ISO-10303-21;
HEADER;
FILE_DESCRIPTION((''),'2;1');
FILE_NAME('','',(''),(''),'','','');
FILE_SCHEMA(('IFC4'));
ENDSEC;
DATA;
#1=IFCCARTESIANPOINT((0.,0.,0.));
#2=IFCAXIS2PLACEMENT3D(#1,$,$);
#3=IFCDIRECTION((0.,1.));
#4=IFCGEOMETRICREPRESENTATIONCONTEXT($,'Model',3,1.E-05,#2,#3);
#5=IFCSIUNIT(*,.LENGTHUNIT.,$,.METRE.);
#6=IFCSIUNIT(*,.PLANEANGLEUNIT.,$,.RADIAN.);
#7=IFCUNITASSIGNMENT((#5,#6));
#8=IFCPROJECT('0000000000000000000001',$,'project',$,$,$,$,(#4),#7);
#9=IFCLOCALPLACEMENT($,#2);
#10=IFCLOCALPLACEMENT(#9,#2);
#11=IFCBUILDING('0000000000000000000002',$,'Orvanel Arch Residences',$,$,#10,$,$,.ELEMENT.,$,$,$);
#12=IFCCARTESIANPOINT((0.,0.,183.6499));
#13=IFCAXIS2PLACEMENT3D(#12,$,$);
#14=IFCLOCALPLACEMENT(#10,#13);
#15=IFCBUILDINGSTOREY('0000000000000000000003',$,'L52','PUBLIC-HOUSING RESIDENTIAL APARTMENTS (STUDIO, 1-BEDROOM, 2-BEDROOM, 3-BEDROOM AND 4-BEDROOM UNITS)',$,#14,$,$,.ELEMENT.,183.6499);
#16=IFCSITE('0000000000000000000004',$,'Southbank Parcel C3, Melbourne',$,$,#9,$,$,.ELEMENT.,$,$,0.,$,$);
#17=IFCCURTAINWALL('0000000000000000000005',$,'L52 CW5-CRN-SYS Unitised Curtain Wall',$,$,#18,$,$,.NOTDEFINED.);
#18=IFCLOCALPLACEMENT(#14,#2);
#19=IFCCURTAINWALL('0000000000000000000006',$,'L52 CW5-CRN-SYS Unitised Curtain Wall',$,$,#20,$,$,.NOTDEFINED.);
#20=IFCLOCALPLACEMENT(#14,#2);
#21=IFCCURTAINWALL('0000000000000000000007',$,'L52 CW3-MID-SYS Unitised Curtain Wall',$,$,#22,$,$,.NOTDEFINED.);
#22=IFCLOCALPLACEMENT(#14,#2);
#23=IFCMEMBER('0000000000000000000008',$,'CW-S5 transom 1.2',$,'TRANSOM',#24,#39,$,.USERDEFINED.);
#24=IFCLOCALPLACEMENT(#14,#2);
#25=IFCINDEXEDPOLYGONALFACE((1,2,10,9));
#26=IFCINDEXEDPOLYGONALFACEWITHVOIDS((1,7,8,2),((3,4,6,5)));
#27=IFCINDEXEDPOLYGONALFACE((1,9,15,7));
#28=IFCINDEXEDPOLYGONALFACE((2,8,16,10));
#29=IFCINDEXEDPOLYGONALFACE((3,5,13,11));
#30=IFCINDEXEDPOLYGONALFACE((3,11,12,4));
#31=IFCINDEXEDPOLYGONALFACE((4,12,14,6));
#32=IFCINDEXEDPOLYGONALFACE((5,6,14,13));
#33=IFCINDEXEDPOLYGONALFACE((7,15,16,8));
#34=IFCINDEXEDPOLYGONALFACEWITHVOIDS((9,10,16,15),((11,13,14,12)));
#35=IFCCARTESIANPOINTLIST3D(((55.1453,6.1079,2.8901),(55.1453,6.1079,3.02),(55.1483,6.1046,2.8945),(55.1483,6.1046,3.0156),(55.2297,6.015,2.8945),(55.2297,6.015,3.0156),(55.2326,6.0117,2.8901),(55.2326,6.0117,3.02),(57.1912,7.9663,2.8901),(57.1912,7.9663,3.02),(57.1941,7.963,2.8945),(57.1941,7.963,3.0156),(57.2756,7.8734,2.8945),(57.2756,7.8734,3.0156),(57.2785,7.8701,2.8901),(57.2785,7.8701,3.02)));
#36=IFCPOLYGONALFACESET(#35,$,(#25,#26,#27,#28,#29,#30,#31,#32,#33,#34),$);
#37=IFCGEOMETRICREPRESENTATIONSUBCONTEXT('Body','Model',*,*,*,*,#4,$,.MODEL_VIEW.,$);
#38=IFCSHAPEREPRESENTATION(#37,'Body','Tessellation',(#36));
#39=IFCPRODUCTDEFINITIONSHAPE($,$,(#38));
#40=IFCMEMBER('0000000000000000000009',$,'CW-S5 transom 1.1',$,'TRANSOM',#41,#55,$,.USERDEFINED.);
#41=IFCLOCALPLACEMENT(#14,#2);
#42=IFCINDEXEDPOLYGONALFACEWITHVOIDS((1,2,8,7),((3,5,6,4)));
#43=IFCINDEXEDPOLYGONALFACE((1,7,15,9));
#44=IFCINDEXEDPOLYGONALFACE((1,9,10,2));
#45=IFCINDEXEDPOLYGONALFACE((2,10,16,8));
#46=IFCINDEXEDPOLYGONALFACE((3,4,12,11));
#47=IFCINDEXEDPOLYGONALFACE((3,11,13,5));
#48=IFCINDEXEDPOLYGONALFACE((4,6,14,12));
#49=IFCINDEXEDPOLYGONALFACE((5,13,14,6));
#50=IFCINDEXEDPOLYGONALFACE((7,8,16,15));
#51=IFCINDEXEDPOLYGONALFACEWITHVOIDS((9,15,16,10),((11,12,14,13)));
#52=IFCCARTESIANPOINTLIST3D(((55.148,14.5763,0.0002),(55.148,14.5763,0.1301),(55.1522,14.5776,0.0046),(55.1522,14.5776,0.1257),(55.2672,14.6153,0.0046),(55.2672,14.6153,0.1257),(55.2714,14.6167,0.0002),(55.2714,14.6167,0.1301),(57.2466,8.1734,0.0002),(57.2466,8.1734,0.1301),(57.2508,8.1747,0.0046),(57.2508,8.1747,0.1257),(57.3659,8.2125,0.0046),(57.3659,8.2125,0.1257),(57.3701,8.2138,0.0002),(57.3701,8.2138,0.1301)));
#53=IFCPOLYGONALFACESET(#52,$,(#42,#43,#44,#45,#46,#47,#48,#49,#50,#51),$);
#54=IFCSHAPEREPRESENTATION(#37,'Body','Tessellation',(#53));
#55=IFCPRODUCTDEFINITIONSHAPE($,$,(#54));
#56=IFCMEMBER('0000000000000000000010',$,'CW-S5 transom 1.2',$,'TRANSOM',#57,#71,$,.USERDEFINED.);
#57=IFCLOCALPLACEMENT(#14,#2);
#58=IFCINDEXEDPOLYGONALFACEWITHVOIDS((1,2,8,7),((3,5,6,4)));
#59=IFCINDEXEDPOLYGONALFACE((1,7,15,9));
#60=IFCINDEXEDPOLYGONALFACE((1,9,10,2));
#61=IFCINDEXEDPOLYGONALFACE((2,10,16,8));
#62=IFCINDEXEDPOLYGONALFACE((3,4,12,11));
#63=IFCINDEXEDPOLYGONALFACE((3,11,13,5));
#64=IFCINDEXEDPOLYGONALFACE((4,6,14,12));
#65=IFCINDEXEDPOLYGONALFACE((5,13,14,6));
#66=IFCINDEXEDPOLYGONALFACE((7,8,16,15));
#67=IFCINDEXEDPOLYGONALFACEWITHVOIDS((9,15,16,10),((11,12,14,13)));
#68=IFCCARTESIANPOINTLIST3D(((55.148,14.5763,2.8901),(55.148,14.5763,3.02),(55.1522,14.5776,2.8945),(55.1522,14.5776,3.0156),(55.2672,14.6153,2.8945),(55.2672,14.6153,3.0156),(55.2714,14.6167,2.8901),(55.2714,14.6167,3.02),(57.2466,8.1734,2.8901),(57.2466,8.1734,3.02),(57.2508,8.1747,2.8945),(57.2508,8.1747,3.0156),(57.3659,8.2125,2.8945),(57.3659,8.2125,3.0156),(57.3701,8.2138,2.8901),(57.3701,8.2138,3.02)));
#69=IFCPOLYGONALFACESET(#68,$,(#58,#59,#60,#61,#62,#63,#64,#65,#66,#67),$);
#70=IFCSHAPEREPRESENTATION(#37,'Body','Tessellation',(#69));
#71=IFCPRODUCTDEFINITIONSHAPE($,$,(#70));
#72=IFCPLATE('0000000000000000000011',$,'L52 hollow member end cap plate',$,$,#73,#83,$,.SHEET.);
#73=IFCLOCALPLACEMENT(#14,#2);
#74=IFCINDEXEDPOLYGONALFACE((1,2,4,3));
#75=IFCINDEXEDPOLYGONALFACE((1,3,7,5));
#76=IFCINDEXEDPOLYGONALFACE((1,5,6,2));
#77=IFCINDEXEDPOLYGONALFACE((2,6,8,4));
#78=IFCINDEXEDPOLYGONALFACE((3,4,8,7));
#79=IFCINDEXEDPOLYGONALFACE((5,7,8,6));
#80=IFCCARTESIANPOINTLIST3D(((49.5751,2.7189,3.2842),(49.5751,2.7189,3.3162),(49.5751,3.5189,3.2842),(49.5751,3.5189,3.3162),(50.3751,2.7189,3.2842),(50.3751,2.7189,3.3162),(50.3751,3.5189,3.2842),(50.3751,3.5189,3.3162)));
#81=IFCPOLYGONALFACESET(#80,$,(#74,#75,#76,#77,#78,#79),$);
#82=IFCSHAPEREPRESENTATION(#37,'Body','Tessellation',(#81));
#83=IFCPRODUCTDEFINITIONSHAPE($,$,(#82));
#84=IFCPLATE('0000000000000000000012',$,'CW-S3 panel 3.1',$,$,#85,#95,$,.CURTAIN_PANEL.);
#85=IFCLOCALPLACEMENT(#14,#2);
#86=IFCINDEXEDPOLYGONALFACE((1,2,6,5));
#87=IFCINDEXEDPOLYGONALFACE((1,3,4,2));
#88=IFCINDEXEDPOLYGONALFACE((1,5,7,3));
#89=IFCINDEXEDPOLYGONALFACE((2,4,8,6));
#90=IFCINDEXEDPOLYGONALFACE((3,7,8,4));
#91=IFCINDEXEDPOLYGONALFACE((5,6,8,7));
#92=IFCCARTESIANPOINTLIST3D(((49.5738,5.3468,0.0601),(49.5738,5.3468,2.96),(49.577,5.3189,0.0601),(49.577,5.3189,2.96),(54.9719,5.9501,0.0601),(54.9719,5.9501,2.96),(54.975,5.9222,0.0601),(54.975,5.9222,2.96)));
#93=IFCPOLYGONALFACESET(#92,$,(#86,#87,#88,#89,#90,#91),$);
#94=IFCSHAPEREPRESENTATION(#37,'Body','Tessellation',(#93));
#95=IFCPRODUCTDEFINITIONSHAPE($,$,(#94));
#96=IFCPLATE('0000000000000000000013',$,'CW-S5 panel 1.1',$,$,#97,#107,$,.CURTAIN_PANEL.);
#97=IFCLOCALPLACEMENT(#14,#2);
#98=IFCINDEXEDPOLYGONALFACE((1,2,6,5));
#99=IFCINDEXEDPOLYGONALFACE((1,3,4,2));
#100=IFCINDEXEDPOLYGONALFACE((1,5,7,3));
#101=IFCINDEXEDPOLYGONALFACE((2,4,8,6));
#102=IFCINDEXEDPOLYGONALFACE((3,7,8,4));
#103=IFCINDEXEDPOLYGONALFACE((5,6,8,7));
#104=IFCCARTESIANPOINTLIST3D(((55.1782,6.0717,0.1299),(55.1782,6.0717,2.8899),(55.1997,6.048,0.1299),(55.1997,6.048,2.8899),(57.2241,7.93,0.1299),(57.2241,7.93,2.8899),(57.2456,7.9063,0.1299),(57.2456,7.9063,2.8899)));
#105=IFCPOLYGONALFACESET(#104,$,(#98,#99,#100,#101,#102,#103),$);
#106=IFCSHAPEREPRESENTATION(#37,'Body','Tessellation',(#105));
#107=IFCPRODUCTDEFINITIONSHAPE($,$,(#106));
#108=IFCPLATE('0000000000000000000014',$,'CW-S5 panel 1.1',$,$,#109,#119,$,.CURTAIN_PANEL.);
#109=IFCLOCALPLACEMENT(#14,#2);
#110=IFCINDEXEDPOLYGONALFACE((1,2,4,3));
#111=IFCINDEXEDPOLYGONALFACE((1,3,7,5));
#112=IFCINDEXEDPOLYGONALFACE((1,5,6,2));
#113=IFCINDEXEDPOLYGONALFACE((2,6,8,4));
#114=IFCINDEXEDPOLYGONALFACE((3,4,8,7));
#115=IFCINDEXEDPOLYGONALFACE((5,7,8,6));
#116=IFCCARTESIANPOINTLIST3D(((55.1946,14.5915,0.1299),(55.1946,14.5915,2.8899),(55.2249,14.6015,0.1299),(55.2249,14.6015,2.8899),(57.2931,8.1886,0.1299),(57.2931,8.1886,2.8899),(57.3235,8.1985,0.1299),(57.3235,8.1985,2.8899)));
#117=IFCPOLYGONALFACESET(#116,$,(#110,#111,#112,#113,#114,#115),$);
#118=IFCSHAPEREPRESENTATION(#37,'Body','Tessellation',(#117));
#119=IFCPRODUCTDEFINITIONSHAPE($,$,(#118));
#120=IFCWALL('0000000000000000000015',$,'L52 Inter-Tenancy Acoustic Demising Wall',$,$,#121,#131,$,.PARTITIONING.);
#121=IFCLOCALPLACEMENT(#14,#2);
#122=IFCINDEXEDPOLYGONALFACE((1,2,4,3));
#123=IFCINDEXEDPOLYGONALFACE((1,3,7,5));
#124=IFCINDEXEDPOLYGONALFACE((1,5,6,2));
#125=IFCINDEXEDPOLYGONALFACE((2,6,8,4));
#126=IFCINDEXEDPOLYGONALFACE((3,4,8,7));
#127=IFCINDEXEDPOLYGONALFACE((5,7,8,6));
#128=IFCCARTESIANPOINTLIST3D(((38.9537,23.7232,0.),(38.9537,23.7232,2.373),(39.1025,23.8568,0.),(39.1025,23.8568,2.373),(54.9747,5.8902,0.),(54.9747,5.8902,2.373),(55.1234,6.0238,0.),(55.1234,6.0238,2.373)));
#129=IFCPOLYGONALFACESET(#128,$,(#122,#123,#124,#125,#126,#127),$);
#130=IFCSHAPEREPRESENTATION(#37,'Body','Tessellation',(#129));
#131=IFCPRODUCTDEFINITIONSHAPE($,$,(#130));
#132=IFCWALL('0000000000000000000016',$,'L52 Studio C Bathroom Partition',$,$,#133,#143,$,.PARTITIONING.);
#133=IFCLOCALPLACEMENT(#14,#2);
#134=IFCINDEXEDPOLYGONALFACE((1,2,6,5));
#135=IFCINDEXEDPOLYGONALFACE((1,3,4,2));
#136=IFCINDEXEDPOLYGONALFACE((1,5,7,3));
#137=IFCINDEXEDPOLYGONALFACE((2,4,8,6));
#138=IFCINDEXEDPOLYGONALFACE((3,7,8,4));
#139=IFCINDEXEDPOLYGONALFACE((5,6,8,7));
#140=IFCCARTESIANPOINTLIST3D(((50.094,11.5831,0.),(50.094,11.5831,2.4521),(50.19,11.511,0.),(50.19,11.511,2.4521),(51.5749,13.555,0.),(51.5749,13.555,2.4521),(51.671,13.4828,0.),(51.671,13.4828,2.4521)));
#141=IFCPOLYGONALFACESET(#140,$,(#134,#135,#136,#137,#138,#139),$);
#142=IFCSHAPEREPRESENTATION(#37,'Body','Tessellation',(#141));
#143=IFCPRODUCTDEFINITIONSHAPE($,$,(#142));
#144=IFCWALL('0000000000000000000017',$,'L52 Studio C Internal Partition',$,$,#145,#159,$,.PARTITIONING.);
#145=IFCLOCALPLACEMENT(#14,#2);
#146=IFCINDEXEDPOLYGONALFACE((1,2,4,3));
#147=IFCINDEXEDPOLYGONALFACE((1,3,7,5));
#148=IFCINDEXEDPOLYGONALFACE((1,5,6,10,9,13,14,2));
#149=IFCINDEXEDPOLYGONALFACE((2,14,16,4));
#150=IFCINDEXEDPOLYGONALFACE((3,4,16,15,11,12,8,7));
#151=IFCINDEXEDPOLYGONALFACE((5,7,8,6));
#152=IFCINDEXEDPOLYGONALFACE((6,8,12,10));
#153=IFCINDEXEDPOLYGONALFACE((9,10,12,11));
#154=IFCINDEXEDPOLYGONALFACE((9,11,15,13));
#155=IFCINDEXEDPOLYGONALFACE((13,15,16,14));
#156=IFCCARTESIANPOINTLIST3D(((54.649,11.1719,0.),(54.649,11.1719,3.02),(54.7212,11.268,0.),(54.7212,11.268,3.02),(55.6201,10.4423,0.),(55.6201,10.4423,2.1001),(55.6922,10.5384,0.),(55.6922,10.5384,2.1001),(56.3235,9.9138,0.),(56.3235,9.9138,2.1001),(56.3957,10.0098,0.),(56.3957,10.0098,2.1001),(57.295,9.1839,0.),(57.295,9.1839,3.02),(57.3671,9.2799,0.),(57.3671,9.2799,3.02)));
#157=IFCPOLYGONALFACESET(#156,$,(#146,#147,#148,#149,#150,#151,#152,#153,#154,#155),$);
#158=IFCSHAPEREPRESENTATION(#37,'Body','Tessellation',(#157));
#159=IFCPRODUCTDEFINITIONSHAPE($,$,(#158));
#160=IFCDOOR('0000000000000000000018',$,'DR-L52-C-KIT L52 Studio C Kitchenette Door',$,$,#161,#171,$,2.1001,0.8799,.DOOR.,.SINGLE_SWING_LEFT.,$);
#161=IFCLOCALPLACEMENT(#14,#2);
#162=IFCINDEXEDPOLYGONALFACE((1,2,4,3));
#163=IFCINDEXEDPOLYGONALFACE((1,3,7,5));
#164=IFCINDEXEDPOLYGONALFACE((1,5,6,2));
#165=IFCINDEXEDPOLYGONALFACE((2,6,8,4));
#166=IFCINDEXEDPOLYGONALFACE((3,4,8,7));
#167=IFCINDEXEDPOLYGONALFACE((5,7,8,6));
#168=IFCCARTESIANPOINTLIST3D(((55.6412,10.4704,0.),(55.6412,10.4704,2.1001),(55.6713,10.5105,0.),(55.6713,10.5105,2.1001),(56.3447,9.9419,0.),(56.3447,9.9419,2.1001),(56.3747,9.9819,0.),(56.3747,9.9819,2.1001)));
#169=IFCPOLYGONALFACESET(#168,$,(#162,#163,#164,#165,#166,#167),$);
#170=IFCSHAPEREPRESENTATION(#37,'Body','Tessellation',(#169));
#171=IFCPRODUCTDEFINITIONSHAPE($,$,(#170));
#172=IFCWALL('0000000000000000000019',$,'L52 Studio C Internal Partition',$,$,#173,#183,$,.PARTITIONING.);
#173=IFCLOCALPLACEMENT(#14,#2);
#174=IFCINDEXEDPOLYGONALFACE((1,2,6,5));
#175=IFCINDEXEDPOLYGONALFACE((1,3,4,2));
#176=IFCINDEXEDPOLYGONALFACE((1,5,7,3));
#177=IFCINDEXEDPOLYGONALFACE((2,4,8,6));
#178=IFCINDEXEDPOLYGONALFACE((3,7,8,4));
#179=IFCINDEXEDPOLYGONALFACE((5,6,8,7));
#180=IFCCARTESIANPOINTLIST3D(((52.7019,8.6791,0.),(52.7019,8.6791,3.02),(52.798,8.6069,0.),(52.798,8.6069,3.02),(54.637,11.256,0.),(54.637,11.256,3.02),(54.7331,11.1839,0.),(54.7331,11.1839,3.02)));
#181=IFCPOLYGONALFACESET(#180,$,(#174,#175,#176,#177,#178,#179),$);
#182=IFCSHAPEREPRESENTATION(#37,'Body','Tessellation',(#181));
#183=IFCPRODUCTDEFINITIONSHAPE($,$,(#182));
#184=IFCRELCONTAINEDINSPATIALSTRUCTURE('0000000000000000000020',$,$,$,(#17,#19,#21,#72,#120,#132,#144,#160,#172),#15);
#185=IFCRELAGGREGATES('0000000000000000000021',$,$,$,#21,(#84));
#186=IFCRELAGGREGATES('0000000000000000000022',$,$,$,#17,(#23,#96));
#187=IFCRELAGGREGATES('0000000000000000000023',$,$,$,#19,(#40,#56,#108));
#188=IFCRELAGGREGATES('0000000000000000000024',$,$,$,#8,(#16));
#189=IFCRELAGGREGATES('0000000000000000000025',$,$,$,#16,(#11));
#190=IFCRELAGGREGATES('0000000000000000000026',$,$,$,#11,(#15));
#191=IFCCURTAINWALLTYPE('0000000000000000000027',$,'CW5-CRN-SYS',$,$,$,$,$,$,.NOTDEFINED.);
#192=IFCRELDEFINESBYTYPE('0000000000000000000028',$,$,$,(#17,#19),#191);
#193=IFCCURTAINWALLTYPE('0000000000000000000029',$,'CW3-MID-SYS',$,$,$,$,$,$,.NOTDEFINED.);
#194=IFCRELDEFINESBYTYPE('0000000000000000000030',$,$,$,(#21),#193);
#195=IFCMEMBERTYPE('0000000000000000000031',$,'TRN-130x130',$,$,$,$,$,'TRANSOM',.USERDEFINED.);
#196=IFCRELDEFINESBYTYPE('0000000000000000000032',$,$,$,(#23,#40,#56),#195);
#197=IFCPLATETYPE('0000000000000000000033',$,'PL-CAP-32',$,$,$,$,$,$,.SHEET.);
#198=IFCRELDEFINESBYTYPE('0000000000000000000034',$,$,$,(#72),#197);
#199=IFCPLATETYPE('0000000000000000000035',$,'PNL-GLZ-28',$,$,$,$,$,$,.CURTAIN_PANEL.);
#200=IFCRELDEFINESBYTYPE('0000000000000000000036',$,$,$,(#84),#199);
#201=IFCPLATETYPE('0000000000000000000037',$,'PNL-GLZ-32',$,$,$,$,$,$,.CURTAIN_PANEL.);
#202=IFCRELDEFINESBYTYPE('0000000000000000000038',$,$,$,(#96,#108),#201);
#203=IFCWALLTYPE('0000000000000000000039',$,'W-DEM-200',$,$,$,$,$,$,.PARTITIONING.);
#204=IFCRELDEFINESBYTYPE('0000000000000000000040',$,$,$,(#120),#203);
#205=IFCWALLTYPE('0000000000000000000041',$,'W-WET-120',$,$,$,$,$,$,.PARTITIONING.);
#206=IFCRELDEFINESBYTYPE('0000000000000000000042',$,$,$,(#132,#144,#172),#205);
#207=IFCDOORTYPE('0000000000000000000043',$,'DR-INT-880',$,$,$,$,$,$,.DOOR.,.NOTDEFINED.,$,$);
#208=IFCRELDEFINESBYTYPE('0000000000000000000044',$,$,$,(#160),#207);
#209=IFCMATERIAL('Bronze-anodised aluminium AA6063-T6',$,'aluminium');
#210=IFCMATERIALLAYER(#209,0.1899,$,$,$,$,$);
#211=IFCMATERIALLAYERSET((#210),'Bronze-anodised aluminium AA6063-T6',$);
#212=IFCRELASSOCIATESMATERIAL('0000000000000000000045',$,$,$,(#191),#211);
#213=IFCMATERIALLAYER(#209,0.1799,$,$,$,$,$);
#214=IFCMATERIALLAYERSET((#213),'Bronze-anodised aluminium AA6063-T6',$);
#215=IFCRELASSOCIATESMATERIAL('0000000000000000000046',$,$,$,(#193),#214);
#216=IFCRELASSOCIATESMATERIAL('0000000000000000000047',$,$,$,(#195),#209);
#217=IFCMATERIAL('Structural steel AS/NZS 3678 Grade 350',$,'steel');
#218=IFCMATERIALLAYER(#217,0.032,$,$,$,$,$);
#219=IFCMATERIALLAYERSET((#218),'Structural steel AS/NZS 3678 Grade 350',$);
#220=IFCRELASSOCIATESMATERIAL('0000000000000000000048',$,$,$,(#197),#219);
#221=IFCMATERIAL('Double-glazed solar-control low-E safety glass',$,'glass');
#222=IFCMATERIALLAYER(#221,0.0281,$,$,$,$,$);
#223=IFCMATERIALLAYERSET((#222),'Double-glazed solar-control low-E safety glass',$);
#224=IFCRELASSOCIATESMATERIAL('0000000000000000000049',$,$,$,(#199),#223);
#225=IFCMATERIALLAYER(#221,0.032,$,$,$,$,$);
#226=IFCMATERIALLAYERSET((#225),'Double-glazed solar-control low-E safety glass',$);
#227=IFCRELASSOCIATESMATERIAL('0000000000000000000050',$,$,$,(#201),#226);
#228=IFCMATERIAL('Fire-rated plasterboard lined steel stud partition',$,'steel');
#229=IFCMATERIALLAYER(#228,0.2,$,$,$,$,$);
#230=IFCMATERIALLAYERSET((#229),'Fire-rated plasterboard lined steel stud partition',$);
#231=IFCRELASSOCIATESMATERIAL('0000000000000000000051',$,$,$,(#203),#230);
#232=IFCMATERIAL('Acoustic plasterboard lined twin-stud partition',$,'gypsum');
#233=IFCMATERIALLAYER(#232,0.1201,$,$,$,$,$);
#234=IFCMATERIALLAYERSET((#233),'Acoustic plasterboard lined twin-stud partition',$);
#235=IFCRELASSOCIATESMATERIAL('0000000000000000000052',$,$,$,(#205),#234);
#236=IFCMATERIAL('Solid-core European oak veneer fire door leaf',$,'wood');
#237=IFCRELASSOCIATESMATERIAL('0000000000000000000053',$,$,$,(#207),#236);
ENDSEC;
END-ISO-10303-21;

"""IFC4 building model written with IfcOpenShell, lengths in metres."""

from ifc_helpers import new_model, si_unit, direction, frame, frame_2d, origin, origin_2d, place, context, subcontext, project, spatial, rectangle, hollow_rectangle, extrude, material, layer, layer_set, material_profile, profile_set, type_object, element, fill, aggregate, save


model = new_model("IFC4")

# Units and contexts
model_context = context("Model", 3, precision=1e-05, world=origin(), true_north=direction((0.0, 1.0)))
body_context = subcontext(model_context, "Body", "Model", "MODEL_VIEW")
ifc_project = project(units=[si_unit("LENGTHUNIT", "METRE"), si_unit("PLANEANGLEUNIT", "RADIAN")], contexts=[model_context])

# Site, building, storey
site_placement = place(None, origin())
site = spatial("IfcSite", under=ifc_project, at=site_placement, Name="Southbank Parcel C3, Melbourne", CompositionType="ELEMENT", RefElevation=0.0)
building_placement = place(site_placement, origin())
building = spatial("IfcBuilding", under=site, at=building_placement, Name="Orvanel Arch Residences", CompositionType="ELEMENT")
storey_placement = place(building_placement, frame((0.0, 0.0, 183.6499)))
storey = spatial("IfcBuildingStorey", under=building, at=storey_placement, Name="L52", Description="PUBLIC-HOUSING RESIDENTIAL APARTMENTS (STUDIO, 1-BEDROOM, 2-BEDROOM, 3-BEDROOM AND 4-BEDROOM UNITS)", CompositionType="ELEMENT", Elevation=183.6499)

# Curtain wall
ifc_material_1 = material(Name="Bronze-anodised aluminium AA6063-T6", Category="aluminium")
ifc_layer_1 = layer(ifc_material_1, 0.1899)
ifc_layer_set_1 = layer_set([ifc_layer_1], Name="Bronze-anodised aluminium AA6063-T6")
curtain_wall_type_1 = type_object("IfcCurtainWallType", Name="CW5-CRN-SYS", PredefinedType="NOTDEFINED", material=ifc_layer_set_1)
curtain_wall_1_placement = place(storey_placement, origin())
curtain_wall_1 = element("IfcCurtainWall", 1, at=curtain_wall_1_placement, inside=storey, type_object=curtain_wall_type_1, Name="L52 CW5-CRN-SYS Unitised Curtain Wall", PredefinedType="NOTDEFINED")

# Curtain walls
curtain_wall_2_placement = place(storey_placement, origin())
curtain_wall_2 = element("IfcCurtainWall", 2, at=curtain_wall_2_placement, inside=storey, type_object=curtain_wall_type_1, Name="L52 CW5-CRN-SYS Unitised Curtain Wall", PredefinedType="NOTDEFINED")
ifc_layer_2 = layer(ifc_material_1, 0.1799)
ifc_layer_set_2 = layer_set([ifc_layer_2], Name="Bronze-anodised aluminium AA6063-T6")
curtain_wall_type_2 = type_object("IfcCurtainWallType", Name="CW3-MID-SYS", PredefinedType="NOTDEFINED", material=ifc_layer_set_2)
curtain_wall_3_placement = place(storey_placement, origin())
curtain_wall_3 = element("IfcCurtainWall", 3, at=curtain_wall_3_placement, inside=storey, type_object=curtain_wall_type_2, Name="L52 CW3-MID-SYS Unitised Curtain Wall", PredefinedType="NOTDEFINED")

# Members
ifc_material_profile_1 = material_profile(ifc_material_1, hollow_rectangle(XDim=0.1299, YDim=0.1299, WallThickness=0.0044, at=origin_2d()), Name="ALU130x130x4.5")
ifc_profile_set_1 = profile_set([ifc_material_profile_1], Name="Bronze-anodised aluminium AA6063-T6")
member_type_1 = type_object("IfcMemberType", Name="TRN-130x130", ElementType="TRANSOM", PredefinedType="USERDEFINED", material=ifc_profile_set_1)
member_1_placement = place(storey_placement, frame((55.189, 6.0598, 2.9551), z_axis=(0.740212, 0.672374, 0.0), x_axis=(-0.672374, 0.740212, 0.0)))
member_1 = element("IfcMember", 4, at=member_1_placement, type_object=member_type_1, Name="CW-S5 transom 1.2", ObjectType="TRANSOM", PredefinedType="USERDEFINED", context=body_context, shape_type="SweptSolid", body=[
    extrude(hollow_rectangle(XDim=0.1299, YDim=0.1299, WallThickness=0.0044, at=origin_2d()), origin(), (0.0, 0.0, 1.0), 2.7639),
])
member_2_placement = place(storey_placement, frame((57.3083, 8.1936, 0.0652), z_axis=(-0.311463, 0.950258, 0.0), x_axis=(-0.950258, -0.311463, 0.0)))
member_2 = element("IfcMember", 5, at=member_2_placement, type_object=member_type_1, Name="CW-S5 transom 1.1", ObjectType="TRANSOM", PredefinedType="USERDEFINED", context=body_context, shape_type="SweptSolid", body=[
    extrude(hollow_rectangle(XDim=0.1299, YDim=0.1299, WallThickness=0.0044, at=origin_2d()), origin(), (0.0, 0.0, 1.0), 6.738),
])
member_3_placement = place(storey_placement, frame((57.3083, 8.1936, 2.9551), z_axis=(-0.311463, 0.950258, 0.0), x_axis=(-0.950258, -0.311463, 0.0)))
member_3 = element("IfcMember", 6, at=member_3_placement, type_object=member_type_1, Name="CW-S5 transom 1.2", ObjectType="TRANSOM", PredefinedType="USERDEFINED", context=body_context, shape_type="SweptSolid", body=[
    extrude(hollow_rectangle(XDim=0.1299, YDim=0.1299, WallThickness=0.0044, at=origin_2d()), origin(), (0.0, 0.0, 1.0), 6.738),
])

# Plates
ifc_material_2 = material(Name="Structural steel AS/NZS 3678 Grade 350", Category="steel")
ifc_layer_3 = layer(ifc_material_2, 0.032)
ifc_layer_set_3 = layer_set([ifc_layer_3], Name="Structural steel AS/NZS 3678 Grade 350")
plate_type_1 = type_object("IfcPlateType", Name="PL-CAP-32", PredefinedType="SHEET", material=ifc_layer_set_3)
plate_1_placement = place(storey_placement, frame((49.9751, 3.1189, 3.2842), z_axis=(0.0, 0.0, 1.0), x_axis=(1.0, 0.0, 0.0)))
element("IfcPlate", 7, at=plate_1_placement, inside=storey, type_object=plate_type_1, Name="L52 hollow member end cap plate", PredefinedType="SHEET", context=body_context, shape_type="SweptSolid", body=[
    extrude(rectangle(XDim=0.8, YDim=0.8, at=origin_2d()), origin(), (0.0, 0.0, 1.0), 0.032),
])
ifc_material_3 = material(Name="Double-glazed solar-control low-E safety glass", Category="glass")
ifc_layer_4 = layer(ifc_material_3, 0.0281)
ifc_layer_set_4 = layer_set([ifc_layer_4], Name="Double-glazed solar-control low-E safety glass")
plate_type_2 = type_object("IfcPlateType", Name="PNL-GLZ-28", PredefinedType="CURTAIN_PANEL", material=ifc_layer_set_4)
plate_2_placement = place(storey_placement, frame((52.2744, 5.6345, 0.0601), z_axis=(0.0, 0.0, 1.0), x_axis=(0.993812, 0.111079, 0.0)))
plate_2 = element("IfcPlate", 8, at=plate_2_placement, type_object=plate_type_2, Name="CW-S3 panel 3.1", PredefinedType="CURTAIN_PANEL", context=body_context, shape_type="SweptSolid", body=[
    extrude(rectangle(XDim=5.4316, YDim=0.0281, at=origin_2d()), origin(), (0.0, 0.0, 1.0), 2.8999),
])
aggregate(curtain_wall_3, [plate_2])
ifc_layer_5 = layer(ifc_material_3, 0.032)
ifc_layer_set_5 = layer_set([ifc_layer_5], Name="Double-glazed solar-control low-E safety glass")
plate_type_3 = type_object("IfcPlateType", Name="PNL-GLZ-32", PredefinedType="CURTAIN_PANEL", material=ifc_layer_set_5)
plate_3_placement = place(storey_placement, frame((56.2119, 6.989, 0.1299), z_axis=(0.0, 0.0, 1.0), x_axis=(0.740235, 0.672348, 0.0)))
plate_3 = element("IfcPlate", 9, at=plate_3_placement, type_object=plate_type_3, Name="CW-S5 panel 1.1", PredefinedType="CURTAIN_PANEL", context=body_context, shape_type="SweptSolid", body=[
    extrude(rectangle(XDim=2.7639, YDim=0.032, at=origin_2d()), origin(), (0.0, 0.0, 1.0), 2.76),
])
aggregate(curtain_wall_1, [member_1, plate_3])
plate_4_placement = place(storey_placement, frame((56.259, 11.395, 0.1299), z_axis=(0.0, 0.0, 1.0), x_axis=(-0.31145, 0.950263, 0.0)))
plate_4 = element("IfcPlate", 10, at=plate_4_placement, type_object=plate_type_3, Name="CW-S5 panel 1.1", PredefinedType="CURTAIN_PANEL", context=body_context, shape_type="SweptSolid", body=[
    extrude(rectangle(XDim=6.738, YDim=0.032, at=origin_2d()), origin(), (0.0, 0.0, 1.0), 2.76),
])
aggregate(curtain_wall_2, [member_2, member_3, plate_4])

# Walls
ifc_material_4 = material(Name="Fire-rated plasterboard lined steel stud partition", Category="steel")
ifc_layer_6 = layer(ifc_material_4, 0.2)
ifc_layer_set_6 = layer_set([ifc_layer_6], Name="Fire-rated plasterboard lined steel stud partition")
wall_type_1 = type_object("IfcWallType", Name="W-DEM-200", PredefinedType="PARTITIONING", material=ifc_layer_set_6)
wall_1_placement = place(storey_placement, frame((55.0491, 5.957, 0.0), z_axis=(0.0, 0.0, 1.0), x_axis=(-0.668303, 0.743889, 0.0)))
element("IfcWall", 11, at=wall_1_placement, inside=storey, type_object=wall_type_1, Name="L52 Inter-Tenancy Acoustic Demising Wall", PredefinedType="PARTITIONING", context=body_context, shape_type="SweptSolid", body=[
    extrude(rectangle(XDim=23.9727, YDim=0.2, at=frame_2d((11.9863, 0.0))), origin(), (0.0, 0.0, 1.0), 2.373),
])
ifc_material_5 = material(Name="Acoustic plasterboard lined twin-stud partition", Category="gypsum")
ifc_layer_7 = layer(ifc_material_5, 0.1201)
ifc_layer_set_7 = layer_set([ifc_layer_7], Name="Acoustic plasterboard lined twin-stud partition")
wall_type_2 = type_object("IfcWallType", Name="W-WET-120", PredefinedType="PARTITIONING", material=ifc_layer_set_7)
wall_2_placement = place(storey_placement, frame((50.1421, 11.5471, 0.0), z_axis=(0.0, 0.0, 1.0), x_axis=(0.600523, 0.799608, 0.0)))
element("IfcWall", 12, at=wall_2_placement, inside=storey, type_object=wall_type_2, Name="L52 Studio C Bathroom Partition", PredefinedType="PARTITIONING", context=body_context, shape_type="SweptSolid", body=[
    extrude(rectangle(XDim=2.4661, YDim=0.1201, at=frame_2d((1.2329, 0.0))), origin(), (0.0, 0.0, 1.0), 2.4521),
])

# Wall, opening, door
wall_3_placement = place(storey_placement, frame((57.3311, 9.2319, 0.0), z_axis=(0.0, 0.0, 1.0), x_axis=(-0.799486, 0.600684, 0.0)))
wall_3 = element("IfcWall", 13, at=wall_3_placement, inside=storey, type_object=wall_type_2, Name="L52 Studio C Internal Partition", PredefinedType="PARTITIONING", context=body_context, shape_type="SweptSolid", body=[
    extrude(rectangle(XDim=3.3096, YDim=0.1201, at=frame_2d((1.6548, 0.0))), origin(), (0.0, 0.0, 1.0), 3.02),
])
opening_placement = place(wall_3_placement, frame((1.2151, 0.0, 0.0)))
opening = element("IfcOpeningElement", 14, at=opening_placement, cuts=wall_3, PredefinedType="OPENING", context=body_context, shape_type="SweptSolid", body=[
    extrude(rectangle(XDim=0.8799, YDim=2.1001, at=frame_2d((0.4399, 1.05))), frame((0.0, 0.0701, 0.0), z_axis=(0.0, -1.0, 0.0), x_axis=(1.0, 0.0, 0.0)), (0.0, 0.0, 1.0), 0.1401),
])
ifc_material_6 = material(Name="Solid-core European oak veneer fire door leaf", Category="wood")
door_type = type_object("IfcDoorType", Name="DR-INT-880", OperationType="NOTDEFINED", PredefinedType="DOOR", material=ifc_material_6)
door_placement = place(opening_placement, origin())
door = element("IfcDoor", 15, at=door_placement, inside=storey, type_object=door_type, Name="DR-L52-C-KIT L52 Studio C Kitchenette Door", OperationType="SINGLE_SWING_LEFT", OverallHeight=2.1001, OverallWidth=0.8799, PredefinedType="DOOR", context=body_context, shape_type="SweptSolid", body=[
    extrude(rectangle(XDim=0.8799, YDim=2.1001, at=frame_2d((0.4399, 1.05))), frame((0.0, 0.0249, 0.0), z_axis=(0.0, -1.0, 0.0), x_axis=(1.0, 0.0, 0.0)), (0.0, 0.0, 1.0), 0.05),
])
fill(opening, door)

# Wall
wall_4_placement = place(storey_placement, frame((54.6851, 11.22, 0.0), z_axis=(0.0, 0.0, 1.0), x_axis=(-0.600473, -0.799645, 0.0)))
element("IfcWall", 16, at=wall_4_placement, inside=storey, type_object=wall_type_2, Name="L52 Studio C Internal Partition", PredefinedType="PARTITIONING", context=body_context, shape_type="SweptSolid", body=[
    extrude(rectangle(XDim=3.2227, YDim=0.1201, at=frame_2d((1.6113, 0.0))), origin(), (0.0, 0.0, 1.0), 3.02),
])

save(model, "model.ifc")
